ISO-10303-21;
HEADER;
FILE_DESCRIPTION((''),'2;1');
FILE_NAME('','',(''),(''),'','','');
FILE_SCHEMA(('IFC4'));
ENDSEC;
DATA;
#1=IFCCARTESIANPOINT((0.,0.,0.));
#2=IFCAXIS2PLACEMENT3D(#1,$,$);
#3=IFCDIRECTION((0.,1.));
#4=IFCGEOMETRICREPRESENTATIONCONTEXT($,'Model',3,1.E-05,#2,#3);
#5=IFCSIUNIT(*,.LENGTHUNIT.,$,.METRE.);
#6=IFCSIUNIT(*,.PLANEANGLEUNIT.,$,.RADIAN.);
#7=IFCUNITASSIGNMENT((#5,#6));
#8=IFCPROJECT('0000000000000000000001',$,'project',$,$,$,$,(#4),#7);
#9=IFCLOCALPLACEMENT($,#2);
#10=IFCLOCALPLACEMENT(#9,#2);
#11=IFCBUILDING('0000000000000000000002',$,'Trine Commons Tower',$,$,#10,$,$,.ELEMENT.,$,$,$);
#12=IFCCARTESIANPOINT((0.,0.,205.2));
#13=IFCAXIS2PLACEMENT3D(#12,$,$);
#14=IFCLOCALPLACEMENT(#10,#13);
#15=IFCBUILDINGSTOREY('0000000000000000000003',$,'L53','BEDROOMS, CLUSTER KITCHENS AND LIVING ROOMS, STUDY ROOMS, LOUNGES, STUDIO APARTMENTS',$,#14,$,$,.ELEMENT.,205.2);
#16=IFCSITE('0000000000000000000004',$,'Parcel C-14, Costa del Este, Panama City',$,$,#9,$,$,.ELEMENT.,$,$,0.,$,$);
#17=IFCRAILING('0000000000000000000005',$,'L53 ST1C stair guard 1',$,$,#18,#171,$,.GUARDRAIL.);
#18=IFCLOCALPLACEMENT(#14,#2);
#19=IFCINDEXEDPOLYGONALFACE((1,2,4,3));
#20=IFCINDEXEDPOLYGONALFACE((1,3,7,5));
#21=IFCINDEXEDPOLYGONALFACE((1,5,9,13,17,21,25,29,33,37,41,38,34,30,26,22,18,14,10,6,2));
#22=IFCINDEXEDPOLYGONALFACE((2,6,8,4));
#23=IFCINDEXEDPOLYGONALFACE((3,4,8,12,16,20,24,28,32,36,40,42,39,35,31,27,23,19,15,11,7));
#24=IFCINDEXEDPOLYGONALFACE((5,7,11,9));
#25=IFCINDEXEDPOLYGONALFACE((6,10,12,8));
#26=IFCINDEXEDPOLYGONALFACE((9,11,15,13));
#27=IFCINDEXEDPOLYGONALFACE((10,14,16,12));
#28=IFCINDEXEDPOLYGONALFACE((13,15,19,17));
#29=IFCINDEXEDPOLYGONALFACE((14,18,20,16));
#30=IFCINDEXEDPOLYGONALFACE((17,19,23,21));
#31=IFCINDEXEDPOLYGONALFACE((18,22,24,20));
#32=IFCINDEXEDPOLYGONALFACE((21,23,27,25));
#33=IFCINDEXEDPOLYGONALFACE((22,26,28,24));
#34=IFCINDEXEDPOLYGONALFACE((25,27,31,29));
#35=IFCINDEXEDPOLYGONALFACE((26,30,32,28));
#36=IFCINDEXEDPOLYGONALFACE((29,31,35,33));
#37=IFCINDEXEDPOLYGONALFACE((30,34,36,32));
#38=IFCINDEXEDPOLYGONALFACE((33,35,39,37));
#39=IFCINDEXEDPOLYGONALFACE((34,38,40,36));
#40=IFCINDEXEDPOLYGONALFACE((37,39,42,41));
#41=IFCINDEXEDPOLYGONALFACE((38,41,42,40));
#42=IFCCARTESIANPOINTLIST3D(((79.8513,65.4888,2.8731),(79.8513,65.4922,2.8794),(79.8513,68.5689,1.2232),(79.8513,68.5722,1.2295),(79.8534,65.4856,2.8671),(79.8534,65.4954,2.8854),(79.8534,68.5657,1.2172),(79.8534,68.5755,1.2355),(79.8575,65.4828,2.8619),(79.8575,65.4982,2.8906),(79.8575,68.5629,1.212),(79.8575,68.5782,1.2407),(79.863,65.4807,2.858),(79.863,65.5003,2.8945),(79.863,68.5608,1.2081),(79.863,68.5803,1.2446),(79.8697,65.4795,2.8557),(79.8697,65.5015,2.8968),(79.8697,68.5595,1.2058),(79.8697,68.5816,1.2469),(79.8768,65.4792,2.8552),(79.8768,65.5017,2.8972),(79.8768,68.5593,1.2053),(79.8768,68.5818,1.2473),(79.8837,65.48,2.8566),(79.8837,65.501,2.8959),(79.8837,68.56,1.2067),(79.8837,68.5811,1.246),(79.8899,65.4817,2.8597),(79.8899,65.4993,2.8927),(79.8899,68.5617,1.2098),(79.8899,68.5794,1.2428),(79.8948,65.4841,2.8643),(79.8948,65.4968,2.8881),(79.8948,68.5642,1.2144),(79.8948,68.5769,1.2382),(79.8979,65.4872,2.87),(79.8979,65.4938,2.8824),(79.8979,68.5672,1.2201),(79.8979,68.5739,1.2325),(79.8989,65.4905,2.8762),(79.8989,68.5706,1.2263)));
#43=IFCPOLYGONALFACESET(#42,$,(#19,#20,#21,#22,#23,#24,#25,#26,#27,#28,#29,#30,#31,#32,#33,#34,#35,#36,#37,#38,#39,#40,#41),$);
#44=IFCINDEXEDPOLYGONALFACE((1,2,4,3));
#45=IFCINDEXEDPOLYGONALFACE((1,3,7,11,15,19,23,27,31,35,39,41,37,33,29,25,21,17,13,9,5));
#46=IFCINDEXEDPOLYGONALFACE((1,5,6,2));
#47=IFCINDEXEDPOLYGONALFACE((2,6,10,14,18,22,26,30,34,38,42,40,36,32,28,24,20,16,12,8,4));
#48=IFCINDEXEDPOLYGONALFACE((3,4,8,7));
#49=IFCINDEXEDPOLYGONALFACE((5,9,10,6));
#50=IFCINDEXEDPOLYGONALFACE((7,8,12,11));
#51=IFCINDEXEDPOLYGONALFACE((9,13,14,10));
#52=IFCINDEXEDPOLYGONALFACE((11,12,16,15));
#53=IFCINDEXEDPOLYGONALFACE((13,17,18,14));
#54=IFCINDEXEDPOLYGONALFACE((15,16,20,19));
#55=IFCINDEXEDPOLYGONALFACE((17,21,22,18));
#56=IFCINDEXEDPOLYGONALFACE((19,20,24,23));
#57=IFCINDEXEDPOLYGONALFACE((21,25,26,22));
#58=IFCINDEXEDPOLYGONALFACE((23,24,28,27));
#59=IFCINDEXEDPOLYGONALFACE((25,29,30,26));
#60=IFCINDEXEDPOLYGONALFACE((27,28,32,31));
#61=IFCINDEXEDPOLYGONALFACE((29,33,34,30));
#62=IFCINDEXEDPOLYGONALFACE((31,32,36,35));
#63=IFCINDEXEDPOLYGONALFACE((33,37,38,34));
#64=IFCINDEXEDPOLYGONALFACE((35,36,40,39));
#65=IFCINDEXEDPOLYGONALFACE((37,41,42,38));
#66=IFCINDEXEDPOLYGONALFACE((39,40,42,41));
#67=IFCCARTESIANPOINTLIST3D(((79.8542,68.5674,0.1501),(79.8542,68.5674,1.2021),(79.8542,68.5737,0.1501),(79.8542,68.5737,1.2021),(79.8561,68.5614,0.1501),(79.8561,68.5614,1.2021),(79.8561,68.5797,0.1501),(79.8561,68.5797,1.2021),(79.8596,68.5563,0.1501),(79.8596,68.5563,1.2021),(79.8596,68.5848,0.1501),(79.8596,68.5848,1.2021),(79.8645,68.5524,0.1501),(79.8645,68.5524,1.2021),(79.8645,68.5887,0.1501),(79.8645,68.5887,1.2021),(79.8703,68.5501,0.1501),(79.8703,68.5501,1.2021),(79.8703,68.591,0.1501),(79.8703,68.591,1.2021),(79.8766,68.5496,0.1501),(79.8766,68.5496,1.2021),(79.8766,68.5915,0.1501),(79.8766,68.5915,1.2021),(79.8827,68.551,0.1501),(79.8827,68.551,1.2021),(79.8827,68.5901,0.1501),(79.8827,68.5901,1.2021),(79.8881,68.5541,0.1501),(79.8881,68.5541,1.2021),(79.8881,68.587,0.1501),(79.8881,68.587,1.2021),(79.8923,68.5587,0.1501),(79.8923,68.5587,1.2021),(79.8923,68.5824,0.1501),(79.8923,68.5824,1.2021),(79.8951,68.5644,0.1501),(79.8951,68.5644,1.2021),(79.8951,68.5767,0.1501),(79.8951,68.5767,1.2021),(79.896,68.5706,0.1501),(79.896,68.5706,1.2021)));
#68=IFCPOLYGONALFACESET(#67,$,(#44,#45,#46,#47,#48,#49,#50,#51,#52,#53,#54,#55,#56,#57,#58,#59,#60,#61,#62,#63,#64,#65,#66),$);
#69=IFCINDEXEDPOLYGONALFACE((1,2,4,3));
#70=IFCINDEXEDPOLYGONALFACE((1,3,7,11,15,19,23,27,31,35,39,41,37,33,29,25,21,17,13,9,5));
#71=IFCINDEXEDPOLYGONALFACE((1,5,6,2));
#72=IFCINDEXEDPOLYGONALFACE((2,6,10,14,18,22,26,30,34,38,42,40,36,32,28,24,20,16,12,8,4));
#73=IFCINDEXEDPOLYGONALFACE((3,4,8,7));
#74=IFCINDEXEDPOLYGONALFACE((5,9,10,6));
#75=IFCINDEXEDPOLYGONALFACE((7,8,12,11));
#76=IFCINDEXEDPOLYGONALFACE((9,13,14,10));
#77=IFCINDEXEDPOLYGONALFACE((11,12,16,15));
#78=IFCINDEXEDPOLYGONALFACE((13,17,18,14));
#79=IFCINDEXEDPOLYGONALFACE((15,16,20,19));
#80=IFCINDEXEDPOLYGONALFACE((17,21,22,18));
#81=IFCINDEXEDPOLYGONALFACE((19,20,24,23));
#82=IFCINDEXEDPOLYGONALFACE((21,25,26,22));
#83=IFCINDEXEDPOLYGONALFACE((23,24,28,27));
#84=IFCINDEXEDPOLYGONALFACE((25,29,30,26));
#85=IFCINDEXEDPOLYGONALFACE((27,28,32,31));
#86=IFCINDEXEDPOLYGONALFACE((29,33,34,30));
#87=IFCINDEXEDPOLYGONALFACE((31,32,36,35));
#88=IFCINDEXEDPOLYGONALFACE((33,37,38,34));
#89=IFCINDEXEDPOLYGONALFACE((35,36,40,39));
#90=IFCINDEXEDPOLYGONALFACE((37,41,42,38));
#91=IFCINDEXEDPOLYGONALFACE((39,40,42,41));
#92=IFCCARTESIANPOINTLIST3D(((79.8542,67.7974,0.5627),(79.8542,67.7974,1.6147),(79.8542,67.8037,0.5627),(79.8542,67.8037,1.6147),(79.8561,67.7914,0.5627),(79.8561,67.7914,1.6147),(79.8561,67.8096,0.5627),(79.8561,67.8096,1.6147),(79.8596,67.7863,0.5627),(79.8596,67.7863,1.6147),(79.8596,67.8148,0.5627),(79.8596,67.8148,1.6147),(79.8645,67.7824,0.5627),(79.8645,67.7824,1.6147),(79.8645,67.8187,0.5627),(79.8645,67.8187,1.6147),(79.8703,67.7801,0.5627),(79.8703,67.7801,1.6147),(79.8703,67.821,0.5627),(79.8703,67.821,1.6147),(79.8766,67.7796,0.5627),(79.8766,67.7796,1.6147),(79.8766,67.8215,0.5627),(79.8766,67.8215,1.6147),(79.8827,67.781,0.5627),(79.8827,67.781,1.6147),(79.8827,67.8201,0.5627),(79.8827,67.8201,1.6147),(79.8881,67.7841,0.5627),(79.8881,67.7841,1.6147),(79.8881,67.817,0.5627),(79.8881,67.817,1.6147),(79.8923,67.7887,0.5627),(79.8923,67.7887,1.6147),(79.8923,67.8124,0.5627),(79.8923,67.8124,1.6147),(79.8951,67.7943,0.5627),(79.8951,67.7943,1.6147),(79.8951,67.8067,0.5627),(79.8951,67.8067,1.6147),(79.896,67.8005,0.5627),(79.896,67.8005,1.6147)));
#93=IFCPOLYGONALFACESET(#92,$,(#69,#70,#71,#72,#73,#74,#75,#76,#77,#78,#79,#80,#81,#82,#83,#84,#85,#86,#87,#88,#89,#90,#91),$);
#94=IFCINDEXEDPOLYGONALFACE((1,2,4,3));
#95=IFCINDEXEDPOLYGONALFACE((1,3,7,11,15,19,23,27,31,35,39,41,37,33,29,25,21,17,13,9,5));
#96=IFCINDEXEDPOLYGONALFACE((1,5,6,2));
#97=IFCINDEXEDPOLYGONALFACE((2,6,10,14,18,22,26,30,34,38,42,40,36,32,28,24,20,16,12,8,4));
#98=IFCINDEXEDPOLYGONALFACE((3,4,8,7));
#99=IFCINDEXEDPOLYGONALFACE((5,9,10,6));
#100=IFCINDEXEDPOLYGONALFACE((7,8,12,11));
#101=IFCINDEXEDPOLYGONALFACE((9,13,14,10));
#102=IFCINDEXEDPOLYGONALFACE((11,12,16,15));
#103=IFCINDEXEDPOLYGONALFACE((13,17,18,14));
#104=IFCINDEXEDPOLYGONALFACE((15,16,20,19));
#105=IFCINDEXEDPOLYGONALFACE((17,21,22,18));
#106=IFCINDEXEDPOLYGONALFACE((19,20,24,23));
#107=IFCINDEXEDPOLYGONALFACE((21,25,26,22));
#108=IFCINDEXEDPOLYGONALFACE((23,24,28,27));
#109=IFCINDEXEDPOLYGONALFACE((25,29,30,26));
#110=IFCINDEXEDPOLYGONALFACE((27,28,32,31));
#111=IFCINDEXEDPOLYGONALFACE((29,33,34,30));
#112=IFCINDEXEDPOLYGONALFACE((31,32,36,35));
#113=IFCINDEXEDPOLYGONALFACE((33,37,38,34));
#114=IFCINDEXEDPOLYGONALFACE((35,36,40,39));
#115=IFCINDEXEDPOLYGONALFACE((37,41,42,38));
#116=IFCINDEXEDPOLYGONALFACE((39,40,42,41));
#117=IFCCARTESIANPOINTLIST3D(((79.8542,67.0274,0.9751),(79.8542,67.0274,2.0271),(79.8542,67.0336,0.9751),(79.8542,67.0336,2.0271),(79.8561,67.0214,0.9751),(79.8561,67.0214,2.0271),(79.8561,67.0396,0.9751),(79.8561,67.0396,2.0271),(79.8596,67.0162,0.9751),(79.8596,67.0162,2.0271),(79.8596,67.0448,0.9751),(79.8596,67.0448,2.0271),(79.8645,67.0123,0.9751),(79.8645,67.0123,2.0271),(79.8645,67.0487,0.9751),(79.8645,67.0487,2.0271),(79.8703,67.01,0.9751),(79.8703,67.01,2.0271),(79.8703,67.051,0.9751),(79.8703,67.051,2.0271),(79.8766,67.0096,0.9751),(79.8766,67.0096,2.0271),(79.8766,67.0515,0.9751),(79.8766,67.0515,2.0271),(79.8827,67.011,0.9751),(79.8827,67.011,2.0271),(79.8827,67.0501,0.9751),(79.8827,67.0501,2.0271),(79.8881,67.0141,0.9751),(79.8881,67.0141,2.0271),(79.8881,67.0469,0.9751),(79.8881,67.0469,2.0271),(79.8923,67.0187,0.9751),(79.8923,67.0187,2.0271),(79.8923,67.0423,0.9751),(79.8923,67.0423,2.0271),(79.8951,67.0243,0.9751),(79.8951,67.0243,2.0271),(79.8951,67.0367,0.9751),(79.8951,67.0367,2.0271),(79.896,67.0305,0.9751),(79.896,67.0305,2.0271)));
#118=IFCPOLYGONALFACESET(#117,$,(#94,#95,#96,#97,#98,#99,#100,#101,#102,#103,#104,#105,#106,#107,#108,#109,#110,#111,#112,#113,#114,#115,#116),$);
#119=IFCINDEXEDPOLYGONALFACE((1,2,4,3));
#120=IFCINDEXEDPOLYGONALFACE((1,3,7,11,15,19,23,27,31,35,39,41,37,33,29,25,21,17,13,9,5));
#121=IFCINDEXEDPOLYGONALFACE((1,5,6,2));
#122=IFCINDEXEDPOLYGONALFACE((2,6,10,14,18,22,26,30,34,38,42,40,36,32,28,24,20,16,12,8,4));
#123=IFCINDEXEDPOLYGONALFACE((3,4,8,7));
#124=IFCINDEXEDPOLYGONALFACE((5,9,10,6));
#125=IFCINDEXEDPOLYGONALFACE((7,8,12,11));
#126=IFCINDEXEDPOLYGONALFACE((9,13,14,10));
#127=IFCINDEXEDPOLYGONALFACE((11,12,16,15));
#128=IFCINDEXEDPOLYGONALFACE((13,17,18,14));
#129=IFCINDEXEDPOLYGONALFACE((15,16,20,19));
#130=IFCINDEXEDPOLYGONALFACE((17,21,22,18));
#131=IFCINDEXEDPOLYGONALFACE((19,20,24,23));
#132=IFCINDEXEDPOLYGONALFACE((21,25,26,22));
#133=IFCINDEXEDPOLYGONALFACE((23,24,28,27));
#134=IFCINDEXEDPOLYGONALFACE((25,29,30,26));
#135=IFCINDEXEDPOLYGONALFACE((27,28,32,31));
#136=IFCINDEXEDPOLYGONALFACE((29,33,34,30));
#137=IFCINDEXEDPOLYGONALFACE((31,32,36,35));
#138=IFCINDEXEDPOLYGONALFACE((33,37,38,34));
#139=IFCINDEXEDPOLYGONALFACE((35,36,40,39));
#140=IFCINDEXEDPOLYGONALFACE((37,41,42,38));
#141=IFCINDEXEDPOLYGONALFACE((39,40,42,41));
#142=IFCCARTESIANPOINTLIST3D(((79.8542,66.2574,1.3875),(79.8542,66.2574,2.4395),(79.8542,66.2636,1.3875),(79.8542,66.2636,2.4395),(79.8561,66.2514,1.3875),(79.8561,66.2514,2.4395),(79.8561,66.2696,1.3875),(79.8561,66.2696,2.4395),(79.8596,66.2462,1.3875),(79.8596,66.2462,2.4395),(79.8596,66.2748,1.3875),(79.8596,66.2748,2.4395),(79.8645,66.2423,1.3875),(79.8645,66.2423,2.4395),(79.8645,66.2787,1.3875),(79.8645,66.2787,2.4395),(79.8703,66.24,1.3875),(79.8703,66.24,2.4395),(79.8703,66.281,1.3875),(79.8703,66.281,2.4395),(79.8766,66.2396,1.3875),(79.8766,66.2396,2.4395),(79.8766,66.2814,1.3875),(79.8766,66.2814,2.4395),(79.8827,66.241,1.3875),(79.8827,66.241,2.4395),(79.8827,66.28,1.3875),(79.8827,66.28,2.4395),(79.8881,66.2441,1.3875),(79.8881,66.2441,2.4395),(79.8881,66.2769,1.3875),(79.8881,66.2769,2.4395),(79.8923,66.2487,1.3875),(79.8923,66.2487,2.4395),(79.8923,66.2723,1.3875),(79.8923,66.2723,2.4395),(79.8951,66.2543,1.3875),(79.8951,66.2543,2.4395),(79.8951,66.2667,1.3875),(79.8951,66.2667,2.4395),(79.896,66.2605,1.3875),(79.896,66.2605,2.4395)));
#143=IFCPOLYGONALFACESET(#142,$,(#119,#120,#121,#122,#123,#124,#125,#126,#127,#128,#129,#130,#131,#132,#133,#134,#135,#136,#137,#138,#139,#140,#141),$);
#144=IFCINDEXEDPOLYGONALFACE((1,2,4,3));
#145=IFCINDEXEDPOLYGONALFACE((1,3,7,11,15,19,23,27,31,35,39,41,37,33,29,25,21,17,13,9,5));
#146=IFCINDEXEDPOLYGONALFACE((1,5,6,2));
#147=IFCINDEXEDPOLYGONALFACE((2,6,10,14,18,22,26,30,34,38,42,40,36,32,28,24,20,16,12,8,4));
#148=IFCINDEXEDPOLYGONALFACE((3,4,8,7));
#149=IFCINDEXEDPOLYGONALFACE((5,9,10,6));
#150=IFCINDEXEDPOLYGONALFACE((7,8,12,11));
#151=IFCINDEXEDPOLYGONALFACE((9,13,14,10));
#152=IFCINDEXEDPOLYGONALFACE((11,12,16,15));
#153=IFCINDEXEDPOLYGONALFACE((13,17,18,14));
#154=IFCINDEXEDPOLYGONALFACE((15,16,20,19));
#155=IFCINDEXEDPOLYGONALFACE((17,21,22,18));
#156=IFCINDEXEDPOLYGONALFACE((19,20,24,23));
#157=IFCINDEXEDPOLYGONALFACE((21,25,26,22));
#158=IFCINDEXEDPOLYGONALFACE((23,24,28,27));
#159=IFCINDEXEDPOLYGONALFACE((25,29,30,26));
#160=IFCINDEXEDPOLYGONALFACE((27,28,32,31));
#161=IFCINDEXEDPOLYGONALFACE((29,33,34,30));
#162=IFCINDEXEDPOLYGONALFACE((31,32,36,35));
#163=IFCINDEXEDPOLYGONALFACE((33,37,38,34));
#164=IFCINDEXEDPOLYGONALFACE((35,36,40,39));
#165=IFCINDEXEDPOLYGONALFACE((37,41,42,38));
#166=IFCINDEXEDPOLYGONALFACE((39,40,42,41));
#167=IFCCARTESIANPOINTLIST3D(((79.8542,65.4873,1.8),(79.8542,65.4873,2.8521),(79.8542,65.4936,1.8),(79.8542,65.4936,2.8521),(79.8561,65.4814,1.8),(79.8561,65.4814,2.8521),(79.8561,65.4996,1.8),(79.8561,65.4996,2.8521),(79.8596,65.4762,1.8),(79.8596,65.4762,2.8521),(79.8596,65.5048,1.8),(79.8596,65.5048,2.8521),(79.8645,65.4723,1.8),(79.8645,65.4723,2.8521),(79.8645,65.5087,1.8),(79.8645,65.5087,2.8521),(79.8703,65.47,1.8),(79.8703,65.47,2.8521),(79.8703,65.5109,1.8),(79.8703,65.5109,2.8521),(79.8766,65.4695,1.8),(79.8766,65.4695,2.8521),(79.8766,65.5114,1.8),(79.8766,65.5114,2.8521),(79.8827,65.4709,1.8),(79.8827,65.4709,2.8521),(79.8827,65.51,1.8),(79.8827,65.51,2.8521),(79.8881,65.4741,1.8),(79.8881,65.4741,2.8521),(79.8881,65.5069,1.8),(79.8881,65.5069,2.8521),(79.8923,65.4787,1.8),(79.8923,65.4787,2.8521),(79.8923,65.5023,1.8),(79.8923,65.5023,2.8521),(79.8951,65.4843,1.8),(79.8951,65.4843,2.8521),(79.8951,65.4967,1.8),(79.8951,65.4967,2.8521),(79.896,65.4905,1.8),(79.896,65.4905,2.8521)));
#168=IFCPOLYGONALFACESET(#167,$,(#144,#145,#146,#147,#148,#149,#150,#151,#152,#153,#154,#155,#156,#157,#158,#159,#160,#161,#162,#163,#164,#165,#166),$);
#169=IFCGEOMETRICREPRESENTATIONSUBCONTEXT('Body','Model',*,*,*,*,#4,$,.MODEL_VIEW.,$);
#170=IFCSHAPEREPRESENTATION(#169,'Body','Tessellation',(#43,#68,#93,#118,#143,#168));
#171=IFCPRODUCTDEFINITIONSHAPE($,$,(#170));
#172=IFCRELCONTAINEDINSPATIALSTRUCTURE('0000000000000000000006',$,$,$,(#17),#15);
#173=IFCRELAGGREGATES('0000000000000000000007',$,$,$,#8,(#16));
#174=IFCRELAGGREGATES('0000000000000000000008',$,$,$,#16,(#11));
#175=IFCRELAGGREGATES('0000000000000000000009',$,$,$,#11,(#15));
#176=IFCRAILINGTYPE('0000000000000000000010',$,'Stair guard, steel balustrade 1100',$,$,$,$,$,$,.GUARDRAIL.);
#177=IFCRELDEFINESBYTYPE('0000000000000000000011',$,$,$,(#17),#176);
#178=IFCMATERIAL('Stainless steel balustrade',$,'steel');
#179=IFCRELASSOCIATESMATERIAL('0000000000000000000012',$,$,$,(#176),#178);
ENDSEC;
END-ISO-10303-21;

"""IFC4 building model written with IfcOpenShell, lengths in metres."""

from ifc_helpers import new_model, si_unit, direction, frame, origin, origin_2d, place, context, subcontext, project, spatial, circle, extrude, material, type_object, element, save


model = new_model("IFC4")

# Units and contexts
model_context = context("Model", 3, precision=1e-05, world=origin(), true_north=direction((0.0, 1.0)))
body_context = subcontext(model_context, "Body", "Model", "MODEL_VIEW")
ifc_project = project(units=[si_unit("LENGTHUNIT", "METRE"), si_unit("PLANEANGLEUNIT", "RADIAN")], contexts=[model_context])

# Site, building, storey
site_placement = place(None, origin())
site = spatial("IfcSite", under=ifc_project, at=site_placement, Name="Parcel C-14, Costa del Este, Panama City", CompositionType="ELEMENT", RefElevation=0.0)
building_placement = place(site_placement, origin())
building = spatial("IfcBuilding", under=site, at=building_placement, Name="Trine Commons Tower", CompositionType="ELEMENT")
storey_placement = place(building_placement, frame((0.0, 0.0, 205.2)))
storey = spatial("IfcBuildingStorey", under=building, at=storey_placement, Name="L53", Description="BEDROOMS, CLUSTER KITCHENS AND LIVING ROOMS, STUDY ROOMS, LOUNGES, STUDIO APARTMENTS", CompositionType="ELEMENT", Elevation=205.2)

# Railing
ifc_material_1 = material(Name="Stainless steel balustrade", Category="steel")
railing_type_1 = type_object("IfcRailingType", Name="Stair guard, steel balustrade 1100", PredefinedType="GUARDRAIL", material=ifc_material_1)
railing_1_placement = place(storey_placement, frame((79.875, 68.5706, 0.1501)))
element("IfcRailing", 1, at=railing_1_placement, inside=storey, type_object=railing_type_1, Name="L53 ST1C stair guard 1", PredefinedType="GUARDRAIL", context=body_context, shape_type="SweptSolid", body=[
    extrude(circle(Radius=0.0239, at=origin_2d()), frame((0.0, 0.0, 1.0762), z_axis=(0.0, -0.881497, 0.47219), x_axis=(1.0, 0.0, 0.0)), (0.0, 0.0, 1.0), 3.4941),
    extrude(circle(Radius=0.021, at=origin_2d()), origin(), (0.0, 0.0, 1.0), 1.052),
    extrude(circle(Radius=0.021, at=origin_2d()), frame((0.0, -0.77, 0.4126)), (0.0, 0.0, 1.0), 1.052),
    extrude(circle(Radius=0.021, at=origin_2d()), frame((0.0, -1.54, 0.825)), (0.0, 0.0, 1.0), 1.052),
    extrude(circle(Radius=0.021, at=origin_2d()), frame((0.0, -2.3101, 1.2373)), (0.0, 0.0, 1.0), 1.052),
    extrude(circle(Radius=0.021, at=origin_2d()), frame((0.0, -3.0801, 1.6499)), (0.0, 0.0, 1.0), 1.052),
])

save(model, "model.ifc")
